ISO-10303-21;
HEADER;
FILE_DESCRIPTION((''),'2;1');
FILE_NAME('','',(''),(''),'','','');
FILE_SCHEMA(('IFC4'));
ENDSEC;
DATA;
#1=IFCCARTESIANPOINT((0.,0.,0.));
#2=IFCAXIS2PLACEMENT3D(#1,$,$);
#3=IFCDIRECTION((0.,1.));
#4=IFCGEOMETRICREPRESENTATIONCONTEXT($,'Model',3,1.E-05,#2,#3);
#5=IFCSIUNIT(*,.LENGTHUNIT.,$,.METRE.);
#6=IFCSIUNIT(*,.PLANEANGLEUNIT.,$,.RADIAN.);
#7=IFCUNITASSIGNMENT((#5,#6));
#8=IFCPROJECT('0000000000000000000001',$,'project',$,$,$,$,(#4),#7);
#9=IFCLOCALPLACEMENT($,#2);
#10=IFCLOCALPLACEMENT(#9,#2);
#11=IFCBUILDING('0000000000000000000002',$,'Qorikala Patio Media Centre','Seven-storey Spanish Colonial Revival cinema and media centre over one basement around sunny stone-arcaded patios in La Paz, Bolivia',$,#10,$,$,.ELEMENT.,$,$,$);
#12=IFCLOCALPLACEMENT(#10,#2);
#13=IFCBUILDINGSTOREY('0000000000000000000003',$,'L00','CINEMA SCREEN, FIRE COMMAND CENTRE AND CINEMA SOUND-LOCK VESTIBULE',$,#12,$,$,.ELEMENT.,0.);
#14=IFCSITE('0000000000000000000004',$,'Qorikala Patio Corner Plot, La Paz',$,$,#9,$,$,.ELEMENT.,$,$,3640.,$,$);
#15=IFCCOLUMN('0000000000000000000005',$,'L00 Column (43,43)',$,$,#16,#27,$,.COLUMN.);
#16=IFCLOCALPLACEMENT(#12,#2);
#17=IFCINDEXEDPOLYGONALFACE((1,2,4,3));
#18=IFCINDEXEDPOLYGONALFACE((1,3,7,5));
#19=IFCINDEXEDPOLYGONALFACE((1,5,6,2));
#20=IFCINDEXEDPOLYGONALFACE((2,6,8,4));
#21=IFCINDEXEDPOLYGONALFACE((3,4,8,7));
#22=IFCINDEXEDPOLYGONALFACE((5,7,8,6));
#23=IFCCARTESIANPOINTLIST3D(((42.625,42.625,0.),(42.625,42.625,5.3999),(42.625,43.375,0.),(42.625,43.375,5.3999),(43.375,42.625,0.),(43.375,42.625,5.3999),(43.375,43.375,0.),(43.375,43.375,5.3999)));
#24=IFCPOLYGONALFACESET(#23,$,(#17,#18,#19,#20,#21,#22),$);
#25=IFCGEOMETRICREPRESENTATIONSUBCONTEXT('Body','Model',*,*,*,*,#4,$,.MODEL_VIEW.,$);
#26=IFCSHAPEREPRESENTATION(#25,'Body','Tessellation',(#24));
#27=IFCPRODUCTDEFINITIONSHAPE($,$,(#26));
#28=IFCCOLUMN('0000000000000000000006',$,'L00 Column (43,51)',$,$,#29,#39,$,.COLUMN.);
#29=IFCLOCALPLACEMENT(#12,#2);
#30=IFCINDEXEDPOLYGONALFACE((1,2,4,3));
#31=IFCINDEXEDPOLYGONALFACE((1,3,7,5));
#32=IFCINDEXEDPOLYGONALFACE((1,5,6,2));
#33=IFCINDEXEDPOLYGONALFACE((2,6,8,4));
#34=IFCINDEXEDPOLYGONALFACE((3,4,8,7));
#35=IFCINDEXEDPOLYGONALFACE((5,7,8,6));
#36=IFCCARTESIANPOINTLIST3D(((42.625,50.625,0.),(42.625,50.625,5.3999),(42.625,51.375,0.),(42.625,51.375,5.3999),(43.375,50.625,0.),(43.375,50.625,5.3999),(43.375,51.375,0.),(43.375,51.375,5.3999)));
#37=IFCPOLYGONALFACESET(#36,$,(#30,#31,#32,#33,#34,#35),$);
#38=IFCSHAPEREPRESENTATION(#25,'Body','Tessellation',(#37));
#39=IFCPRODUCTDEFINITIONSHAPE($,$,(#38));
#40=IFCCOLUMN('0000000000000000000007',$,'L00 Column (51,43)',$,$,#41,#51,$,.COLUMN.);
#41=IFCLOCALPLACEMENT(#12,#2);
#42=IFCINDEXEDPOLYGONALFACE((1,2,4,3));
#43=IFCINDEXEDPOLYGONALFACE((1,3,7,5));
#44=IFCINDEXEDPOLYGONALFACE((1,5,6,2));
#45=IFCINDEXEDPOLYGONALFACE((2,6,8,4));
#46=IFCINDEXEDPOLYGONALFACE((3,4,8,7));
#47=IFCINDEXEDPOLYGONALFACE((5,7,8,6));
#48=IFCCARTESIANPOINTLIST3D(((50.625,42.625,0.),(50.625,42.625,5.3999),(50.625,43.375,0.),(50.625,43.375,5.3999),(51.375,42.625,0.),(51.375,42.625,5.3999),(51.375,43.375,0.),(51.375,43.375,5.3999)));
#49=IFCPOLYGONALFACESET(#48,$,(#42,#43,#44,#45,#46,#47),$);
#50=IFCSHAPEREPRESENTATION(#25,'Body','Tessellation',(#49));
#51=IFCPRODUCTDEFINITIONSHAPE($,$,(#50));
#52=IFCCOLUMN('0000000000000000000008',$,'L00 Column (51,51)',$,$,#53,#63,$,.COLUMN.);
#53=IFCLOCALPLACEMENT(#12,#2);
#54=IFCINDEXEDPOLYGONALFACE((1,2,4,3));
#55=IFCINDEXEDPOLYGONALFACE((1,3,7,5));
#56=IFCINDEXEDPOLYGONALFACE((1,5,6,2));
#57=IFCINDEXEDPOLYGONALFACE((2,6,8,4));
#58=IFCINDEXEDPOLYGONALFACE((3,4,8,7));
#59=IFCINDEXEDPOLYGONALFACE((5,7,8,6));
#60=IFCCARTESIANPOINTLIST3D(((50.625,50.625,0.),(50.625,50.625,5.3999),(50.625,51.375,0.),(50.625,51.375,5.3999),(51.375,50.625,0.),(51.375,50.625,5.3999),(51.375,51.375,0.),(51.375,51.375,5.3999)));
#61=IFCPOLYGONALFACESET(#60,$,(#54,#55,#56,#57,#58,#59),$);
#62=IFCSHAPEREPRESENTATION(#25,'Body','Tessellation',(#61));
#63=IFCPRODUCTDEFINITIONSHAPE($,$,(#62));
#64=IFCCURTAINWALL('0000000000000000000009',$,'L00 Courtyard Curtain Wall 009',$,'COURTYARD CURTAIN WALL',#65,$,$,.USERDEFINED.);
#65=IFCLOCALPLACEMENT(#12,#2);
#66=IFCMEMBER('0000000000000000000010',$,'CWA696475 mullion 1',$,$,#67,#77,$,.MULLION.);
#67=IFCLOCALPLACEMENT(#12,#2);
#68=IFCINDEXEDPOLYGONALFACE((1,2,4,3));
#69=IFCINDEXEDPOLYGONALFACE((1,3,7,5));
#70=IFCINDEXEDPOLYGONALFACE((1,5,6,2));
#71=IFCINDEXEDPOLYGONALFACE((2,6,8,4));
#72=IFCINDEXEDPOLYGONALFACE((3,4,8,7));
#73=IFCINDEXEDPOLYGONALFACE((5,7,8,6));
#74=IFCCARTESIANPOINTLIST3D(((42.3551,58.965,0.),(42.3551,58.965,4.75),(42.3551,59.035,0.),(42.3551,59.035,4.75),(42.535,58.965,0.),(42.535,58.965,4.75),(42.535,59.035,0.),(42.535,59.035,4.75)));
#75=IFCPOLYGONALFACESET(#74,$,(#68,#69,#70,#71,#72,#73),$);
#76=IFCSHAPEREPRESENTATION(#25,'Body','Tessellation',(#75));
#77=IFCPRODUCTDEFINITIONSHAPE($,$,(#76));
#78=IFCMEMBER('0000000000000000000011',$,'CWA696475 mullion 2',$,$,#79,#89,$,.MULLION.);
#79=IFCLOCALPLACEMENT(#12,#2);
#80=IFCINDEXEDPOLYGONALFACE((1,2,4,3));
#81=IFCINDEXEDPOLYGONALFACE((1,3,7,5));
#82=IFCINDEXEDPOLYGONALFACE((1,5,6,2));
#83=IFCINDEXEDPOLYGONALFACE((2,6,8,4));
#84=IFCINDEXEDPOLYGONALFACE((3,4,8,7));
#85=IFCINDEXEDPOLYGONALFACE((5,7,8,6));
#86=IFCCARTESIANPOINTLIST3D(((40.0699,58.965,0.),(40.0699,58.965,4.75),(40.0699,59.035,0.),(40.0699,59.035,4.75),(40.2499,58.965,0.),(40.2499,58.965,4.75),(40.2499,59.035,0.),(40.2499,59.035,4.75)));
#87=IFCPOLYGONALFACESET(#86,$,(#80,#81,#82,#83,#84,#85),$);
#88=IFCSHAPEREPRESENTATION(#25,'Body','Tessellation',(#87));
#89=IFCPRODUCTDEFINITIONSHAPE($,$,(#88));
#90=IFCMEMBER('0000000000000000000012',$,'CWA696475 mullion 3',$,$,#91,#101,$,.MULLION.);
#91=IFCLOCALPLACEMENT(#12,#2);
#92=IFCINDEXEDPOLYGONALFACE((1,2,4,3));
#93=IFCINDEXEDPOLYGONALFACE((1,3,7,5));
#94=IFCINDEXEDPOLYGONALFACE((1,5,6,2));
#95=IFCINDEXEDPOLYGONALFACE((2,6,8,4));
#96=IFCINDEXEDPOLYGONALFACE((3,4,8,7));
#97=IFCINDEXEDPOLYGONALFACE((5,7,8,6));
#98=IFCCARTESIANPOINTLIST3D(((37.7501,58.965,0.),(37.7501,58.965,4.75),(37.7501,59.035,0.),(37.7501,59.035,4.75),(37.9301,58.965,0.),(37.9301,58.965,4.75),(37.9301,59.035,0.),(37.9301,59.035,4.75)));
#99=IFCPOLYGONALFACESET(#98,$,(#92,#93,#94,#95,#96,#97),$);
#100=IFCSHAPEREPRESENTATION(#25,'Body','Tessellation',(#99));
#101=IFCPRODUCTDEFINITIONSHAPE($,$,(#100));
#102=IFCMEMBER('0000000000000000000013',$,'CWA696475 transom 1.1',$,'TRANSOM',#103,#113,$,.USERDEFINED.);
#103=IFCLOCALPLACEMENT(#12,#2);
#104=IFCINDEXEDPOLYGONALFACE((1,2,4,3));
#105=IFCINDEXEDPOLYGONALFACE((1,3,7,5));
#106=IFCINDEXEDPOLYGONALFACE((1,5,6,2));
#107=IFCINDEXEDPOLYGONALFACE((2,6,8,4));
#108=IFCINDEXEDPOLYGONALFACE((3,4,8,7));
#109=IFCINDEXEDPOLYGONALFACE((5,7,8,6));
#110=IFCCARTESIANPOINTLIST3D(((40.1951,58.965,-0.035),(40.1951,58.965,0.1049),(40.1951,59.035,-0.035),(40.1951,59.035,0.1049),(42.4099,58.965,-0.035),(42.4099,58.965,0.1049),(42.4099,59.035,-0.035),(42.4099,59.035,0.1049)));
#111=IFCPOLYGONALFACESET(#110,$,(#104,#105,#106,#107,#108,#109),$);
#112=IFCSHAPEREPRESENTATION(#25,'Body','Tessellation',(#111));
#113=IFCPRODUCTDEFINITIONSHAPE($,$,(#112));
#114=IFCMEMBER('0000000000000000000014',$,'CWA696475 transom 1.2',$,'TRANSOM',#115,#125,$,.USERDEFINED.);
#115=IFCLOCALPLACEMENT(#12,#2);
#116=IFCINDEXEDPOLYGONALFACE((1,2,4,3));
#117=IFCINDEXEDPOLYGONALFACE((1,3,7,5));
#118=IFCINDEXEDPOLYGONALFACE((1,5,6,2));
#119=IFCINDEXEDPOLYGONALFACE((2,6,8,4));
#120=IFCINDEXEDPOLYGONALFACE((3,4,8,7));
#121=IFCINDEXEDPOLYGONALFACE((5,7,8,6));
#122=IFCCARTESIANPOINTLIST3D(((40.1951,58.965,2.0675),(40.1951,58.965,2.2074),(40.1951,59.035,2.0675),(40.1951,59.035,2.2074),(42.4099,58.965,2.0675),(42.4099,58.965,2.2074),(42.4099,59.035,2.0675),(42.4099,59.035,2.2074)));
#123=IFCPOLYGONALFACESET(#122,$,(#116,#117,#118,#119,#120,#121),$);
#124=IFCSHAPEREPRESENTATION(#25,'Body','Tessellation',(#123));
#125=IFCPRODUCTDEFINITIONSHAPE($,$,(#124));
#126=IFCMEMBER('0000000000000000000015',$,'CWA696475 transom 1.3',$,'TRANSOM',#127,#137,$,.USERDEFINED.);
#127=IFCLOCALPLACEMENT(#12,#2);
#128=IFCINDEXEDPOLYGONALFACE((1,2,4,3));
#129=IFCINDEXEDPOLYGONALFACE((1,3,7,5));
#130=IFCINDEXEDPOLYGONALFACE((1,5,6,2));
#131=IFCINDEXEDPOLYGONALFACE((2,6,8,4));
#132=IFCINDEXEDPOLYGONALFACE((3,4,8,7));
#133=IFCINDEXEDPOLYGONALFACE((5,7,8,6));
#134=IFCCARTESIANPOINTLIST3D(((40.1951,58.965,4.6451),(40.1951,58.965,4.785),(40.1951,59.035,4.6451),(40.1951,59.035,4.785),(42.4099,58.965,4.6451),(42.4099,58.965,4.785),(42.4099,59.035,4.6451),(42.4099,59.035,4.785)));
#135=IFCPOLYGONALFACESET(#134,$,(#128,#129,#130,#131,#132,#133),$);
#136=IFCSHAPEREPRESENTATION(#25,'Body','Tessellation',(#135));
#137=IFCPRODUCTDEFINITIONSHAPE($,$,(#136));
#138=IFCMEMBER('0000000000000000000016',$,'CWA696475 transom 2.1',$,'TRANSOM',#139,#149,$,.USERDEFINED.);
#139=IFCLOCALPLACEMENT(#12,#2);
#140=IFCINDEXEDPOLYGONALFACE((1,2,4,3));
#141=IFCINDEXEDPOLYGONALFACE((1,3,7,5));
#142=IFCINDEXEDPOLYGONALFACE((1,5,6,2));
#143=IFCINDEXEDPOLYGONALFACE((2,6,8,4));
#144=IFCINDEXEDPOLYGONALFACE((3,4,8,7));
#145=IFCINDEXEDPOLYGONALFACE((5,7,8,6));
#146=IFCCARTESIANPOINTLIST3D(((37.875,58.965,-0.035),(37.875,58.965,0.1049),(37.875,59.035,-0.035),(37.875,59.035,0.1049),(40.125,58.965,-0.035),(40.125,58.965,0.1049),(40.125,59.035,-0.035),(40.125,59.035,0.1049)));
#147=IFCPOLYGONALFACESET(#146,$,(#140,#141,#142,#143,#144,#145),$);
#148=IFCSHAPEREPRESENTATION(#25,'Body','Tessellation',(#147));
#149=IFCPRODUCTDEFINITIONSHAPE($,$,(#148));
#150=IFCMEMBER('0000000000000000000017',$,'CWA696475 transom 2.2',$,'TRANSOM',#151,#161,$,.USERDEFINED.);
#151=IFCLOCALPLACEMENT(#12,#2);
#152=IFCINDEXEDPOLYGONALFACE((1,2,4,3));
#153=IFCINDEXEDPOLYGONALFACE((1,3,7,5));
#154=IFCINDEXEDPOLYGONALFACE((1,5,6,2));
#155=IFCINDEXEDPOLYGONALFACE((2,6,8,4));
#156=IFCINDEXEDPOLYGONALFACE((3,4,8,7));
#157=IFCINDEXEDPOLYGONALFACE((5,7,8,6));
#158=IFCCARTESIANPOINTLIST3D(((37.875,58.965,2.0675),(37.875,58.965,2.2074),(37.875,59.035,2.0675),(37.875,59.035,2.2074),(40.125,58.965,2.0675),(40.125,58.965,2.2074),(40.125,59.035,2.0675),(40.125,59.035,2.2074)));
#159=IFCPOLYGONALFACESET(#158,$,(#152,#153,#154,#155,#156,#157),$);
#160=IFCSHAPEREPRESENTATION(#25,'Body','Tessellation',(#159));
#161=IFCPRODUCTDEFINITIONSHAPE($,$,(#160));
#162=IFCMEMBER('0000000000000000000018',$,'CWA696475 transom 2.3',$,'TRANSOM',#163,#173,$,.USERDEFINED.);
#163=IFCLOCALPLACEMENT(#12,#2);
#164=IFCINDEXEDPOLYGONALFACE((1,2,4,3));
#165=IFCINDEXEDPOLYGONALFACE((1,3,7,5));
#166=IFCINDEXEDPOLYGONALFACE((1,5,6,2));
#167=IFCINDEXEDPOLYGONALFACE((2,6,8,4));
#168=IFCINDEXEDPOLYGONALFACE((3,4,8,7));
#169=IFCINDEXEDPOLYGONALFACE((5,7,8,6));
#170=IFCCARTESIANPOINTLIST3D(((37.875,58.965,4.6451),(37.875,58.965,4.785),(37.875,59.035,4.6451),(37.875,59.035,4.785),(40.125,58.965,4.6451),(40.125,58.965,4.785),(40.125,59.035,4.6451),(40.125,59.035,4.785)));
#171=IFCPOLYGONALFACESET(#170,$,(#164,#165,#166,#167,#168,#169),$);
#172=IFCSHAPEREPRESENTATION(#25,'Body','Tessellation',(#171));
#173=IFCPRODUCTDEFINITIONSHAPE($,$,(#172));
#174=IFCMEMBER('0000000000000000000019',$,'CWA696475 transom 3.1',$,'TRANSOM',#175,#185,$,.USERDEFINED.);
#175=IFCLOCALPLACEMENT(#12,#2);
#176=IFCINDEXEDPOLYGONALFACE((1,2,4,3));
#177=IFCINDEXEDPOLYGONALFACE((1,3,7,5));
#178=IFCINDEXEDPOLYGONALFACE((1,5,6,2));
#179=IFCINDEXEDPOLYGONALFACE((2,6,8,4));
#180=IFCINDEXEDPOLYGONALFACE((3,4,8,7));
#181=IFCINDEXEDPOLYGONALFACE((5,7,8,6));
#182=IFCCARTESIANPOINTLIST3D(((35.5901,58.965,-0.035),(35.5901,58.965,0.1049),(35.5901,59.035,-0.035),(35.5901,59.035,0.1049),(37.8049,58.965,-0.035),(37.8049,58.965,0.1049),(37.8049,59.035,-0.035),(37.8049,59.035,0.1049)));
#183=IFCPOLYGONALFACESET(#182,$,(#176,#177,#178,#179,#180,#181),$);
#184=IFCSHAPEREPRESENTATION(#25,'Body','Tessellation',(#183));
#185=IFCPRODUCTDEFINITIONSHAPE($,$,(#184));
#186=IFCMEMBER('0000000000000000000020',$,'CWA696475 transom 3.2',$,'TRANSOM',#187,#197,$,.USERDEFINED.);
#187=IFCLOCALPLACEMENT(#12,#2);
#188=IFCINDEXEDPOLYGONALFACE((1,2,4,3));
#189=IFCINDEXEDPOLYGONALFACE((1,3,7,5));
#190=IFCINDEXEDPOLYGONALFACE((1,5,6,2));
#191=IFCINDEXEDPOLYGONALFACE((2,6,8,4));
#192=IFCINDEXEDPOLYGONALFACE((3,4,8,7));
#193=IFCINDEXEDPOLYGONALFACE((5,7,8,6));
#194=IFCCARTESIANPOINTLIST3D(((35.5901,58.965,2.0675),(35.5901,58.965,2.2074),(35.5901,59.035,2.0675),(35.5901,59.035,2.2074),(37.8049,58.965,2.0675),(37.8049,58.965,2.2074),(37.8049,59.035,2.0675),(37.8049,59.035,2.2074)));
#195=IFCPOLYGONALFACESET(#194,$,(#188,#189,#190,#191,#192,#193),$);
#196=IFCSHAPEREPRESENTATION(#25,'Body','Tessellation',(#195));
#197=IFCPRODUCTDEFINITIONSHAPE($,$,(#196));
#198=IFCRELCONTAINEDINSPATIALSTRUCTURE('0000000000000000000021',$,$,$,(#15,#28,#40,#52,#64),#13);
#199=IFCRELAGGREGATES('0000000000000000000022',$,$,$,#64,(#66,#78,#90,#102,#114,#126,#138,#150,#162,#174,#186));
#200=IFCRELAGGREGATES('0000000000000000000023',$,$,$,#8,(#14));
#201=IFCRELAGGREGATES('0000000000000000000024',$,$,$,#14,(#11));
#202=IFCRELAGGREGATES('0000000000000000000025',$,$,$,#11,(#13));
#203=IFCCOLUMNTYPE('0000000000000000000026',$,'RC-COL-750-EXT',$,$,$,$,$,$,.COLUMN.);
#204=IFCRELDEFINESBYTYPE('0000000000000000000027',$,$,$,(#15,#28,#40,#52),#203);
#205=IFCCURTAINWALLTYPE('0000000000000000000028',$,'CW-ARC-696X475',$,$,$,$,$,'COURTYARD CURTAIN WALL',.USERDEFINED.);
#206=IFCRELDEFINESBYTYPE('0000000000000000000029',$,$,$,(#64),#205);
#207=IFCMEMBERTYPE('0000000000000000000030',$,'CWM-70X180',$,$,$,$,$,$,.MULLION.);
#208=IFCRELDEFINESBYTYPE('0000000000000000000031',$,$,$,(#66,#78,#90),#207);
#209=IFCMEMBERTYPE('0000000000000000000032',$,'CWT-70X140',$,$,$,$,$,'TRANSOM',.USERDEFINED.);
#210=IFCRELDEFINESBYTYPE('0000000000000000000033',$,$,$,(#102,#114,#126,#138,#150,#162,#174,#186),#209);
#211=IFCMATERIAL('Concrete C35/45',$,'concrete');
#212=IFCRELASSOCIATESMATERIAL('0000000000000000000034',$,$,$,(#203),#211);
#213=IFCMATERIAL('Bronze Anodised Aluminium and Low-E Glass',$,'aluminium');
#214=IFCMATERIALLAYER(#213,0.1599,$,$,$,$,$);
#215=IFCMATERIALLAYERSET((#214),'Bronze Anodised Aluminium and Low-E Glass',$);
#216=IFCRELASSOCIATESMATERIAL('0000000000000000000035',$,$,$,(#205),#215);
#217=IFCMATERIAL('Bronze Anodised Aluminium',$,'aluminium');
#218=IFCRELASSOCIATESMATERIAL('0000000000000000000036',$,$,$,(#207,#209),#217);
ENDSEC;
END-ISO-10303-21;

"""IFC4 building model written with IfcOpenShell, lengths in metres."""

from ifc_helpers import new_model, si_unit, direction, frame, origin, origin_2d, place, context, subcontext, project, spatial, rectangle, extrude, material, layer, layer_set, material_profile, profile_set, type_object, element, aggregate, save


model = new_model("IFC4")

# Units and contexts
model_context = context("Model", 3, precision=1e-05, world=origin(), true_north=direction((0.0, 1.0)))
body_context = subcontext(model_context, "Body", "Model", "MODEL_VIEW")
ifc_project = project(units=[si_unit("LENGTHUNIT", "METRE"), si_unit("PLANEANGLEUNIT", "RADIAN")], contexts=[model_context])

# Site, building, storey
site_placement = place(None, origin())
site = spatial("IfcSite", under=ifc_project, at=site_placement, Name="Qorikala Patio Corner Plot, La Paz", CompositionType="ELEMENT", RefElevation=3640.0)
building_placement = place(site_placement, origin())
building = spatial("IfcBuilding", under=site, at=building_placement, Name="Qorikala Patio Media Centre", Description="Seven-storey Spanish Colonial Revival cinema and media centre over one basement around sunny stone-arcaded patios in La Paz, Bolivia", CompositionType="ELEMENT")
storey_placement = place(building_placement, origin())
storey = spatial("IfcBuildingStorey", under=building, at=storey_placement, Name="L00", Description="CINEMA SCREEN, FIRE COMMAND CENTRE AND CINEMA SOUND-LOCK VESTIBULE", CompositionType="ELEMENT", Elevation=0.0)

# Columns
ifc_material_1 = material(Name="Concrete C35/45", Category="concrete")
ifc_material_profile_1 = material_profile(ifc_material_1, rectangle(XDim=0.75, YDim=0.75, at=origin_2d()), Name="RC 750x750")
ifc_profile_set_1 = profile_set([ifc_material_profile_1], Name="Concrete C35/45")
column_type = type_object("IfcColumnType", Name="RC-COL-750-EXT", PredefinedType="COLUMN", material=ifc_profile_set_1)
for number, where, z_axis, x_axis, name in (
    (1, (43.0, 43.0, 0.0), (0.0, 0.0, 1.0), (1.0, 0.0, 0.0), "L00 Column (43,43)"),
    (2, (43.0, 51.0, 0.0), (0.0, 0.0, 1.0), (1.0, 0.0, 0.0), "L00 Column (43,51)"),
    (3, (51.0, 43.0, 0.0), (0.0, 0.0, 1.0), (1.0, 0.0, 0.0), "L00 Column (51,43)"),
    (4, (51.0, 51.0, 0.0), (0.0, 0.0, 1.0), (1.0, 0.0, 0.0), "L00 Column (51,51)"),
):
    element("IfcColumn", number, at=place(storey_placement, frame(where, z_axis=z_axis, x_axis=x_axis)), inside=storey, type_object=column_type, Name=name, PredefinedType="COLUMN", context=body_context, shape_type="SweptSolid", body=[
        extrude(rectangle(XDim=0.75, YDim=0.75, at=origin_2d()), origin(), (0.0, 0.0, 1.0), 5.3999),
    ])

# Curtain wall, members
ifc_material_2 = material(Name="Bronze Anodised Aluminium and Low-E Glass", Category="aluminium")
ifc_layer_1 = layer(ifc_material_2, 0.1599)
ifc_layer_set_1 = layer_set([ifc_layer_1], Name="Bronze Anodised Aluminium and Low-E Glass")
curtain_wall_type = type_object("IfcCurtainWallType", Name="CW-ARC-696X475", ElementType="COURTYARD CURTAIN WALL", PredefinedType="USERDEFINED", material=ifc_layer_set_1)
curtain_wall_placement = place(storey_placement, origin())
curtain_wall = element("IfcCurtainWall", 5, at=curtain_wall_placement, inside=storey, type_object=curtain_wall_type, Name="L00 Courtyard Curtain Wall 009", ObjectType="COURTYARD CURTAIN WALL", PredefinedType="USERDEFINED")
ifc_material_3 = material(Name="Bronze Anodised Aluminium", Category="aluminium")
ifc_material_profile_2 = material_profile(ifc_material_3, rectangle(XDim=0.0701, YDim=0.1799, at=origin_2d()), Name="ALU MULLION 70x180")
ifc_profile_set_2 = profile_set([ifc_material_profile_2], Name="Bronze Anodised Aluminium")
member_type_1 = type_object("IfcMemberType", Name="CWM-70X180", PredefinedType="MULLION", material=ifc_profile_set_2)
member_1_placement = place(storey_placement, frame((42.4451, 59.0, 0.0), z_axis=(0.0, 0.0, 1.0), x_axis=(0.0, -1.0, 0.0)))
member_1 = element("IfcMember", 6, at=member_1_placement, type_object=member_type_1, Name="CWA696475 mullion 1", PredefinedType="MULLION", context=body_context, shape_type="SweptSolid", body=[
    extrude(rectangle(XDim=0.0701, YDim=0.1799, at=origin_2d()), origin(), (0.0, 0.0, 1.0), 4.75),
])
member_2_placement = place(storey_placement, frame((40.1599, 59.0, 0.0), z_axis=(0.0, 0.0, 1.0), x_axis=(0.0, -1.0, 0.0)))
member_2 = element("IfcMember", 7, at=member_2_placement, type_object=member_type_1, Name="CWA696475 mullion 2", PredefinedType="MULLION", context=body_context, shape_type="SweptSolid", body=[
    extrude(rectangle(XDim=0.0701, YDim=0.1799, at=origin_2d()), origin(), (0.0, 0.0, 1.0), 4.75),
])
member_3_placement = place(storey_placement, frame((37.8401, 59.0, 0.0), z_axis=(0.0, 0.0, 1.0), x_axis=(0.0, -1.0, 0.0)))
member_3 = element("IfcMember", 8, at=member_3_placement, type_object=member_type_1, Name="CWA696475 mullion 3", PredefinedType="MULLION", context=body_context, shape_type="SweptSolid", body=[
    extrude(rectangle(XDim=0.0701, YDim=0.1799, at=origin_2d()), origin(), (0.0, 0.0, 1.0), 4.75),
])
ifc_material_profile_3 = material_profile(ifc_material_3, rectangle(XDim=0.0701, YDim=0.1399, at=origin_2d()), Name="ALU TRANSOM 70x140")
ifc_profile_set_3 = profile_set([ifc_material_profile_3], Name="Bronze Anodised Aluminium")
member_type_2 = type_object("IfcMemberType", Name="CWT-70X140", ElementType="TRANSOM", PredefinedType="USERDEFINED", material=ifc_profile_set_3)
member_4_placement = place(storey_placement, frame((42.4099, 59.0, 0.0349), z_axis=(-1.0, 0.0, 0.0), x_axis=(0.0, -1.0, 0.0)))
member_4 = element("IfcMember", 9, at=member_4_placement, type_object=member_type_2, Name="CWA696475 transom 1.1", ObjectType="TRANSOM", PredefinedType="USERDEFINED", context=body_context, shape_type="SweptSolid", body=[
    extrude(rectangle(XDim=0.0701, YDim=0.1399, at=origin_2d()), origin(), (0.0, 0.0, 1.0), 2.2148),
])
member_5_placement = place(storey_placement, frame((42.4099, 59.0, 2.1375), z_axis=(-1.0, 0.0, 0.0), x_axis=(0.0, -1.0, 0.0)))
member_5 = element("IfcMember", 10, at=member_5_placement, type_object=member_type_2, Name="CWA696475 transom 1.2", ObjectType="TRANSOM", PredefinedType="USERDEFINED", context=body_context, shape_type="SweptSolid", body=[
    extrude(rectangle(XDim=0.0701, YDim=0.1399, at=origin_2d()), origin(), (0.0, 0.0, 1.0), 2.2148),
])
member_6_placement = place(storey_placement, frame((42.4099, 59.0, 4.7151), z_axis=(-1.0, 0.0, 0.0), x_axis=(0.0, -1.0, 0.0)))
member_6 = element("IfcMember", 11, at=member_6_placement, type_object=member_type_2, Name="CWA696475 transom 1.3", ObjectType="TRANSOM", PredefinedType="USERDEFINED", context=body_context, shape_type="SweptSolid", body=[
    extrude(rectangle(XDim=0.0701, YDim=0.1399, at=origin_2d()), origin(), (0.0, 0.0, 1.0), 2.2148),
])
member_7_placement = place(storey_placement, frame((40.125, 59.0, 0.0349), z_axis=(-1.0, 0.0, 0.0), x_axis=(0.0, -1.0, 0.0)))
member_7 = element("IfcMember", 12, at=member_7_placement, type_object=member_type_2, Name="CWA696475 transom 2.1", ObjectType="TRANSOM", PredefinedType="USERDEFINED", context=body_context, shape_type="SweptSolid", body=[
    extrude(rectangle(XDim=0.0701, YDim=0.1399, at=origin_2d()), origin(), (0.0, 0.0, 1.0), 2.25),
])
member_8_placement = place(storey_placement, frame((40.125, 59.0, 2.1375), z_axis=(-1.0, 0.0, 0.0), x_axis=(0.0, -1.0, 0.0)))
member_8 = element("IfcMember", 13, at=member_8_placement, type_object=member_type_2, Name="CWA696475 transom 2.2", ObjectType="TRANSOM", PredefinedType="USERDEFINED", context=body_context, shape_type="SweptSolid", body=[
    extrude(rectangle(XDim=0.0701, YDim=0.1399, at=origin_2d()), origin(), (0.0, 0.0, 1.0), 2.25),
])
member_9_placement = place(storey_placement, frame((40.125, 59.0, 4.7151), z_axis=(-1.0, 0.0, 0.0), x_axis=(0.0, -1.0, 0.0)))
member_9 = element("IfcMember", 14, at=member_9_placement, type_object=member_type_2, Name="CWA696475 transom 2.3", ObjectType="TRANSOM", PredefinedType="USERDEFINED", context=body_context, shape_type="SweptSolid", body=[
    extrude(rectangle(XDim=0.0701, YDim=0.1399, at=origin_2d()), origin(), (0.0, 0.0, 1.0), 2.25),
])
member_10_placement = place(storey_placement, frame((37.8049, 59.0, 0.0349), z_axis=(-1.0, 0.0, 0.0), x_axis=(0.0, -1.0, 0.0)))
member_10 = element("IfcMember", 15, at=member_10_placement, type_object=member_type_2, Name="CWA696475 transom 3.1", ObjectType="TRANSOM", PredefinedType="USERDEFINED", context=body_context, shape_type="SweptSolid", body=[
    extrude(rectangle(XDim=0.0701, YDim=0.1399, at=origin_2d()), origin(), (0.0, 0.0, 1.0), 2.2148),
])
member_11_placement = place(storey_placement, frame((37.8049, 59.0, 2.1375), z_axis=(-1.0, 0.0, 0.0), x_axis=(0.0, -1.0, 0.0)))
member_11 = element("IfcMember", 16, at=member_11_placement, type_object=member_type_2, Name="CWA696475 transom 3.2", ObjectType="TRANSOM", PredefinedType="USERDEFINED", context=body_context, shape_type="SweptSolid", body=[
    extrude(rectangle(XDim=0.0701, YDim=0.1399, at=origin_2d()), origin(), (0.0, 0.0, 1.0), 2.2148),
])
aggregate(curtain_wall, [member_1, member_2, member_3, member_4, member_5, member_6, member_7, member_8, member_9, member_10, member_11])

save(model, "model.ifc")
